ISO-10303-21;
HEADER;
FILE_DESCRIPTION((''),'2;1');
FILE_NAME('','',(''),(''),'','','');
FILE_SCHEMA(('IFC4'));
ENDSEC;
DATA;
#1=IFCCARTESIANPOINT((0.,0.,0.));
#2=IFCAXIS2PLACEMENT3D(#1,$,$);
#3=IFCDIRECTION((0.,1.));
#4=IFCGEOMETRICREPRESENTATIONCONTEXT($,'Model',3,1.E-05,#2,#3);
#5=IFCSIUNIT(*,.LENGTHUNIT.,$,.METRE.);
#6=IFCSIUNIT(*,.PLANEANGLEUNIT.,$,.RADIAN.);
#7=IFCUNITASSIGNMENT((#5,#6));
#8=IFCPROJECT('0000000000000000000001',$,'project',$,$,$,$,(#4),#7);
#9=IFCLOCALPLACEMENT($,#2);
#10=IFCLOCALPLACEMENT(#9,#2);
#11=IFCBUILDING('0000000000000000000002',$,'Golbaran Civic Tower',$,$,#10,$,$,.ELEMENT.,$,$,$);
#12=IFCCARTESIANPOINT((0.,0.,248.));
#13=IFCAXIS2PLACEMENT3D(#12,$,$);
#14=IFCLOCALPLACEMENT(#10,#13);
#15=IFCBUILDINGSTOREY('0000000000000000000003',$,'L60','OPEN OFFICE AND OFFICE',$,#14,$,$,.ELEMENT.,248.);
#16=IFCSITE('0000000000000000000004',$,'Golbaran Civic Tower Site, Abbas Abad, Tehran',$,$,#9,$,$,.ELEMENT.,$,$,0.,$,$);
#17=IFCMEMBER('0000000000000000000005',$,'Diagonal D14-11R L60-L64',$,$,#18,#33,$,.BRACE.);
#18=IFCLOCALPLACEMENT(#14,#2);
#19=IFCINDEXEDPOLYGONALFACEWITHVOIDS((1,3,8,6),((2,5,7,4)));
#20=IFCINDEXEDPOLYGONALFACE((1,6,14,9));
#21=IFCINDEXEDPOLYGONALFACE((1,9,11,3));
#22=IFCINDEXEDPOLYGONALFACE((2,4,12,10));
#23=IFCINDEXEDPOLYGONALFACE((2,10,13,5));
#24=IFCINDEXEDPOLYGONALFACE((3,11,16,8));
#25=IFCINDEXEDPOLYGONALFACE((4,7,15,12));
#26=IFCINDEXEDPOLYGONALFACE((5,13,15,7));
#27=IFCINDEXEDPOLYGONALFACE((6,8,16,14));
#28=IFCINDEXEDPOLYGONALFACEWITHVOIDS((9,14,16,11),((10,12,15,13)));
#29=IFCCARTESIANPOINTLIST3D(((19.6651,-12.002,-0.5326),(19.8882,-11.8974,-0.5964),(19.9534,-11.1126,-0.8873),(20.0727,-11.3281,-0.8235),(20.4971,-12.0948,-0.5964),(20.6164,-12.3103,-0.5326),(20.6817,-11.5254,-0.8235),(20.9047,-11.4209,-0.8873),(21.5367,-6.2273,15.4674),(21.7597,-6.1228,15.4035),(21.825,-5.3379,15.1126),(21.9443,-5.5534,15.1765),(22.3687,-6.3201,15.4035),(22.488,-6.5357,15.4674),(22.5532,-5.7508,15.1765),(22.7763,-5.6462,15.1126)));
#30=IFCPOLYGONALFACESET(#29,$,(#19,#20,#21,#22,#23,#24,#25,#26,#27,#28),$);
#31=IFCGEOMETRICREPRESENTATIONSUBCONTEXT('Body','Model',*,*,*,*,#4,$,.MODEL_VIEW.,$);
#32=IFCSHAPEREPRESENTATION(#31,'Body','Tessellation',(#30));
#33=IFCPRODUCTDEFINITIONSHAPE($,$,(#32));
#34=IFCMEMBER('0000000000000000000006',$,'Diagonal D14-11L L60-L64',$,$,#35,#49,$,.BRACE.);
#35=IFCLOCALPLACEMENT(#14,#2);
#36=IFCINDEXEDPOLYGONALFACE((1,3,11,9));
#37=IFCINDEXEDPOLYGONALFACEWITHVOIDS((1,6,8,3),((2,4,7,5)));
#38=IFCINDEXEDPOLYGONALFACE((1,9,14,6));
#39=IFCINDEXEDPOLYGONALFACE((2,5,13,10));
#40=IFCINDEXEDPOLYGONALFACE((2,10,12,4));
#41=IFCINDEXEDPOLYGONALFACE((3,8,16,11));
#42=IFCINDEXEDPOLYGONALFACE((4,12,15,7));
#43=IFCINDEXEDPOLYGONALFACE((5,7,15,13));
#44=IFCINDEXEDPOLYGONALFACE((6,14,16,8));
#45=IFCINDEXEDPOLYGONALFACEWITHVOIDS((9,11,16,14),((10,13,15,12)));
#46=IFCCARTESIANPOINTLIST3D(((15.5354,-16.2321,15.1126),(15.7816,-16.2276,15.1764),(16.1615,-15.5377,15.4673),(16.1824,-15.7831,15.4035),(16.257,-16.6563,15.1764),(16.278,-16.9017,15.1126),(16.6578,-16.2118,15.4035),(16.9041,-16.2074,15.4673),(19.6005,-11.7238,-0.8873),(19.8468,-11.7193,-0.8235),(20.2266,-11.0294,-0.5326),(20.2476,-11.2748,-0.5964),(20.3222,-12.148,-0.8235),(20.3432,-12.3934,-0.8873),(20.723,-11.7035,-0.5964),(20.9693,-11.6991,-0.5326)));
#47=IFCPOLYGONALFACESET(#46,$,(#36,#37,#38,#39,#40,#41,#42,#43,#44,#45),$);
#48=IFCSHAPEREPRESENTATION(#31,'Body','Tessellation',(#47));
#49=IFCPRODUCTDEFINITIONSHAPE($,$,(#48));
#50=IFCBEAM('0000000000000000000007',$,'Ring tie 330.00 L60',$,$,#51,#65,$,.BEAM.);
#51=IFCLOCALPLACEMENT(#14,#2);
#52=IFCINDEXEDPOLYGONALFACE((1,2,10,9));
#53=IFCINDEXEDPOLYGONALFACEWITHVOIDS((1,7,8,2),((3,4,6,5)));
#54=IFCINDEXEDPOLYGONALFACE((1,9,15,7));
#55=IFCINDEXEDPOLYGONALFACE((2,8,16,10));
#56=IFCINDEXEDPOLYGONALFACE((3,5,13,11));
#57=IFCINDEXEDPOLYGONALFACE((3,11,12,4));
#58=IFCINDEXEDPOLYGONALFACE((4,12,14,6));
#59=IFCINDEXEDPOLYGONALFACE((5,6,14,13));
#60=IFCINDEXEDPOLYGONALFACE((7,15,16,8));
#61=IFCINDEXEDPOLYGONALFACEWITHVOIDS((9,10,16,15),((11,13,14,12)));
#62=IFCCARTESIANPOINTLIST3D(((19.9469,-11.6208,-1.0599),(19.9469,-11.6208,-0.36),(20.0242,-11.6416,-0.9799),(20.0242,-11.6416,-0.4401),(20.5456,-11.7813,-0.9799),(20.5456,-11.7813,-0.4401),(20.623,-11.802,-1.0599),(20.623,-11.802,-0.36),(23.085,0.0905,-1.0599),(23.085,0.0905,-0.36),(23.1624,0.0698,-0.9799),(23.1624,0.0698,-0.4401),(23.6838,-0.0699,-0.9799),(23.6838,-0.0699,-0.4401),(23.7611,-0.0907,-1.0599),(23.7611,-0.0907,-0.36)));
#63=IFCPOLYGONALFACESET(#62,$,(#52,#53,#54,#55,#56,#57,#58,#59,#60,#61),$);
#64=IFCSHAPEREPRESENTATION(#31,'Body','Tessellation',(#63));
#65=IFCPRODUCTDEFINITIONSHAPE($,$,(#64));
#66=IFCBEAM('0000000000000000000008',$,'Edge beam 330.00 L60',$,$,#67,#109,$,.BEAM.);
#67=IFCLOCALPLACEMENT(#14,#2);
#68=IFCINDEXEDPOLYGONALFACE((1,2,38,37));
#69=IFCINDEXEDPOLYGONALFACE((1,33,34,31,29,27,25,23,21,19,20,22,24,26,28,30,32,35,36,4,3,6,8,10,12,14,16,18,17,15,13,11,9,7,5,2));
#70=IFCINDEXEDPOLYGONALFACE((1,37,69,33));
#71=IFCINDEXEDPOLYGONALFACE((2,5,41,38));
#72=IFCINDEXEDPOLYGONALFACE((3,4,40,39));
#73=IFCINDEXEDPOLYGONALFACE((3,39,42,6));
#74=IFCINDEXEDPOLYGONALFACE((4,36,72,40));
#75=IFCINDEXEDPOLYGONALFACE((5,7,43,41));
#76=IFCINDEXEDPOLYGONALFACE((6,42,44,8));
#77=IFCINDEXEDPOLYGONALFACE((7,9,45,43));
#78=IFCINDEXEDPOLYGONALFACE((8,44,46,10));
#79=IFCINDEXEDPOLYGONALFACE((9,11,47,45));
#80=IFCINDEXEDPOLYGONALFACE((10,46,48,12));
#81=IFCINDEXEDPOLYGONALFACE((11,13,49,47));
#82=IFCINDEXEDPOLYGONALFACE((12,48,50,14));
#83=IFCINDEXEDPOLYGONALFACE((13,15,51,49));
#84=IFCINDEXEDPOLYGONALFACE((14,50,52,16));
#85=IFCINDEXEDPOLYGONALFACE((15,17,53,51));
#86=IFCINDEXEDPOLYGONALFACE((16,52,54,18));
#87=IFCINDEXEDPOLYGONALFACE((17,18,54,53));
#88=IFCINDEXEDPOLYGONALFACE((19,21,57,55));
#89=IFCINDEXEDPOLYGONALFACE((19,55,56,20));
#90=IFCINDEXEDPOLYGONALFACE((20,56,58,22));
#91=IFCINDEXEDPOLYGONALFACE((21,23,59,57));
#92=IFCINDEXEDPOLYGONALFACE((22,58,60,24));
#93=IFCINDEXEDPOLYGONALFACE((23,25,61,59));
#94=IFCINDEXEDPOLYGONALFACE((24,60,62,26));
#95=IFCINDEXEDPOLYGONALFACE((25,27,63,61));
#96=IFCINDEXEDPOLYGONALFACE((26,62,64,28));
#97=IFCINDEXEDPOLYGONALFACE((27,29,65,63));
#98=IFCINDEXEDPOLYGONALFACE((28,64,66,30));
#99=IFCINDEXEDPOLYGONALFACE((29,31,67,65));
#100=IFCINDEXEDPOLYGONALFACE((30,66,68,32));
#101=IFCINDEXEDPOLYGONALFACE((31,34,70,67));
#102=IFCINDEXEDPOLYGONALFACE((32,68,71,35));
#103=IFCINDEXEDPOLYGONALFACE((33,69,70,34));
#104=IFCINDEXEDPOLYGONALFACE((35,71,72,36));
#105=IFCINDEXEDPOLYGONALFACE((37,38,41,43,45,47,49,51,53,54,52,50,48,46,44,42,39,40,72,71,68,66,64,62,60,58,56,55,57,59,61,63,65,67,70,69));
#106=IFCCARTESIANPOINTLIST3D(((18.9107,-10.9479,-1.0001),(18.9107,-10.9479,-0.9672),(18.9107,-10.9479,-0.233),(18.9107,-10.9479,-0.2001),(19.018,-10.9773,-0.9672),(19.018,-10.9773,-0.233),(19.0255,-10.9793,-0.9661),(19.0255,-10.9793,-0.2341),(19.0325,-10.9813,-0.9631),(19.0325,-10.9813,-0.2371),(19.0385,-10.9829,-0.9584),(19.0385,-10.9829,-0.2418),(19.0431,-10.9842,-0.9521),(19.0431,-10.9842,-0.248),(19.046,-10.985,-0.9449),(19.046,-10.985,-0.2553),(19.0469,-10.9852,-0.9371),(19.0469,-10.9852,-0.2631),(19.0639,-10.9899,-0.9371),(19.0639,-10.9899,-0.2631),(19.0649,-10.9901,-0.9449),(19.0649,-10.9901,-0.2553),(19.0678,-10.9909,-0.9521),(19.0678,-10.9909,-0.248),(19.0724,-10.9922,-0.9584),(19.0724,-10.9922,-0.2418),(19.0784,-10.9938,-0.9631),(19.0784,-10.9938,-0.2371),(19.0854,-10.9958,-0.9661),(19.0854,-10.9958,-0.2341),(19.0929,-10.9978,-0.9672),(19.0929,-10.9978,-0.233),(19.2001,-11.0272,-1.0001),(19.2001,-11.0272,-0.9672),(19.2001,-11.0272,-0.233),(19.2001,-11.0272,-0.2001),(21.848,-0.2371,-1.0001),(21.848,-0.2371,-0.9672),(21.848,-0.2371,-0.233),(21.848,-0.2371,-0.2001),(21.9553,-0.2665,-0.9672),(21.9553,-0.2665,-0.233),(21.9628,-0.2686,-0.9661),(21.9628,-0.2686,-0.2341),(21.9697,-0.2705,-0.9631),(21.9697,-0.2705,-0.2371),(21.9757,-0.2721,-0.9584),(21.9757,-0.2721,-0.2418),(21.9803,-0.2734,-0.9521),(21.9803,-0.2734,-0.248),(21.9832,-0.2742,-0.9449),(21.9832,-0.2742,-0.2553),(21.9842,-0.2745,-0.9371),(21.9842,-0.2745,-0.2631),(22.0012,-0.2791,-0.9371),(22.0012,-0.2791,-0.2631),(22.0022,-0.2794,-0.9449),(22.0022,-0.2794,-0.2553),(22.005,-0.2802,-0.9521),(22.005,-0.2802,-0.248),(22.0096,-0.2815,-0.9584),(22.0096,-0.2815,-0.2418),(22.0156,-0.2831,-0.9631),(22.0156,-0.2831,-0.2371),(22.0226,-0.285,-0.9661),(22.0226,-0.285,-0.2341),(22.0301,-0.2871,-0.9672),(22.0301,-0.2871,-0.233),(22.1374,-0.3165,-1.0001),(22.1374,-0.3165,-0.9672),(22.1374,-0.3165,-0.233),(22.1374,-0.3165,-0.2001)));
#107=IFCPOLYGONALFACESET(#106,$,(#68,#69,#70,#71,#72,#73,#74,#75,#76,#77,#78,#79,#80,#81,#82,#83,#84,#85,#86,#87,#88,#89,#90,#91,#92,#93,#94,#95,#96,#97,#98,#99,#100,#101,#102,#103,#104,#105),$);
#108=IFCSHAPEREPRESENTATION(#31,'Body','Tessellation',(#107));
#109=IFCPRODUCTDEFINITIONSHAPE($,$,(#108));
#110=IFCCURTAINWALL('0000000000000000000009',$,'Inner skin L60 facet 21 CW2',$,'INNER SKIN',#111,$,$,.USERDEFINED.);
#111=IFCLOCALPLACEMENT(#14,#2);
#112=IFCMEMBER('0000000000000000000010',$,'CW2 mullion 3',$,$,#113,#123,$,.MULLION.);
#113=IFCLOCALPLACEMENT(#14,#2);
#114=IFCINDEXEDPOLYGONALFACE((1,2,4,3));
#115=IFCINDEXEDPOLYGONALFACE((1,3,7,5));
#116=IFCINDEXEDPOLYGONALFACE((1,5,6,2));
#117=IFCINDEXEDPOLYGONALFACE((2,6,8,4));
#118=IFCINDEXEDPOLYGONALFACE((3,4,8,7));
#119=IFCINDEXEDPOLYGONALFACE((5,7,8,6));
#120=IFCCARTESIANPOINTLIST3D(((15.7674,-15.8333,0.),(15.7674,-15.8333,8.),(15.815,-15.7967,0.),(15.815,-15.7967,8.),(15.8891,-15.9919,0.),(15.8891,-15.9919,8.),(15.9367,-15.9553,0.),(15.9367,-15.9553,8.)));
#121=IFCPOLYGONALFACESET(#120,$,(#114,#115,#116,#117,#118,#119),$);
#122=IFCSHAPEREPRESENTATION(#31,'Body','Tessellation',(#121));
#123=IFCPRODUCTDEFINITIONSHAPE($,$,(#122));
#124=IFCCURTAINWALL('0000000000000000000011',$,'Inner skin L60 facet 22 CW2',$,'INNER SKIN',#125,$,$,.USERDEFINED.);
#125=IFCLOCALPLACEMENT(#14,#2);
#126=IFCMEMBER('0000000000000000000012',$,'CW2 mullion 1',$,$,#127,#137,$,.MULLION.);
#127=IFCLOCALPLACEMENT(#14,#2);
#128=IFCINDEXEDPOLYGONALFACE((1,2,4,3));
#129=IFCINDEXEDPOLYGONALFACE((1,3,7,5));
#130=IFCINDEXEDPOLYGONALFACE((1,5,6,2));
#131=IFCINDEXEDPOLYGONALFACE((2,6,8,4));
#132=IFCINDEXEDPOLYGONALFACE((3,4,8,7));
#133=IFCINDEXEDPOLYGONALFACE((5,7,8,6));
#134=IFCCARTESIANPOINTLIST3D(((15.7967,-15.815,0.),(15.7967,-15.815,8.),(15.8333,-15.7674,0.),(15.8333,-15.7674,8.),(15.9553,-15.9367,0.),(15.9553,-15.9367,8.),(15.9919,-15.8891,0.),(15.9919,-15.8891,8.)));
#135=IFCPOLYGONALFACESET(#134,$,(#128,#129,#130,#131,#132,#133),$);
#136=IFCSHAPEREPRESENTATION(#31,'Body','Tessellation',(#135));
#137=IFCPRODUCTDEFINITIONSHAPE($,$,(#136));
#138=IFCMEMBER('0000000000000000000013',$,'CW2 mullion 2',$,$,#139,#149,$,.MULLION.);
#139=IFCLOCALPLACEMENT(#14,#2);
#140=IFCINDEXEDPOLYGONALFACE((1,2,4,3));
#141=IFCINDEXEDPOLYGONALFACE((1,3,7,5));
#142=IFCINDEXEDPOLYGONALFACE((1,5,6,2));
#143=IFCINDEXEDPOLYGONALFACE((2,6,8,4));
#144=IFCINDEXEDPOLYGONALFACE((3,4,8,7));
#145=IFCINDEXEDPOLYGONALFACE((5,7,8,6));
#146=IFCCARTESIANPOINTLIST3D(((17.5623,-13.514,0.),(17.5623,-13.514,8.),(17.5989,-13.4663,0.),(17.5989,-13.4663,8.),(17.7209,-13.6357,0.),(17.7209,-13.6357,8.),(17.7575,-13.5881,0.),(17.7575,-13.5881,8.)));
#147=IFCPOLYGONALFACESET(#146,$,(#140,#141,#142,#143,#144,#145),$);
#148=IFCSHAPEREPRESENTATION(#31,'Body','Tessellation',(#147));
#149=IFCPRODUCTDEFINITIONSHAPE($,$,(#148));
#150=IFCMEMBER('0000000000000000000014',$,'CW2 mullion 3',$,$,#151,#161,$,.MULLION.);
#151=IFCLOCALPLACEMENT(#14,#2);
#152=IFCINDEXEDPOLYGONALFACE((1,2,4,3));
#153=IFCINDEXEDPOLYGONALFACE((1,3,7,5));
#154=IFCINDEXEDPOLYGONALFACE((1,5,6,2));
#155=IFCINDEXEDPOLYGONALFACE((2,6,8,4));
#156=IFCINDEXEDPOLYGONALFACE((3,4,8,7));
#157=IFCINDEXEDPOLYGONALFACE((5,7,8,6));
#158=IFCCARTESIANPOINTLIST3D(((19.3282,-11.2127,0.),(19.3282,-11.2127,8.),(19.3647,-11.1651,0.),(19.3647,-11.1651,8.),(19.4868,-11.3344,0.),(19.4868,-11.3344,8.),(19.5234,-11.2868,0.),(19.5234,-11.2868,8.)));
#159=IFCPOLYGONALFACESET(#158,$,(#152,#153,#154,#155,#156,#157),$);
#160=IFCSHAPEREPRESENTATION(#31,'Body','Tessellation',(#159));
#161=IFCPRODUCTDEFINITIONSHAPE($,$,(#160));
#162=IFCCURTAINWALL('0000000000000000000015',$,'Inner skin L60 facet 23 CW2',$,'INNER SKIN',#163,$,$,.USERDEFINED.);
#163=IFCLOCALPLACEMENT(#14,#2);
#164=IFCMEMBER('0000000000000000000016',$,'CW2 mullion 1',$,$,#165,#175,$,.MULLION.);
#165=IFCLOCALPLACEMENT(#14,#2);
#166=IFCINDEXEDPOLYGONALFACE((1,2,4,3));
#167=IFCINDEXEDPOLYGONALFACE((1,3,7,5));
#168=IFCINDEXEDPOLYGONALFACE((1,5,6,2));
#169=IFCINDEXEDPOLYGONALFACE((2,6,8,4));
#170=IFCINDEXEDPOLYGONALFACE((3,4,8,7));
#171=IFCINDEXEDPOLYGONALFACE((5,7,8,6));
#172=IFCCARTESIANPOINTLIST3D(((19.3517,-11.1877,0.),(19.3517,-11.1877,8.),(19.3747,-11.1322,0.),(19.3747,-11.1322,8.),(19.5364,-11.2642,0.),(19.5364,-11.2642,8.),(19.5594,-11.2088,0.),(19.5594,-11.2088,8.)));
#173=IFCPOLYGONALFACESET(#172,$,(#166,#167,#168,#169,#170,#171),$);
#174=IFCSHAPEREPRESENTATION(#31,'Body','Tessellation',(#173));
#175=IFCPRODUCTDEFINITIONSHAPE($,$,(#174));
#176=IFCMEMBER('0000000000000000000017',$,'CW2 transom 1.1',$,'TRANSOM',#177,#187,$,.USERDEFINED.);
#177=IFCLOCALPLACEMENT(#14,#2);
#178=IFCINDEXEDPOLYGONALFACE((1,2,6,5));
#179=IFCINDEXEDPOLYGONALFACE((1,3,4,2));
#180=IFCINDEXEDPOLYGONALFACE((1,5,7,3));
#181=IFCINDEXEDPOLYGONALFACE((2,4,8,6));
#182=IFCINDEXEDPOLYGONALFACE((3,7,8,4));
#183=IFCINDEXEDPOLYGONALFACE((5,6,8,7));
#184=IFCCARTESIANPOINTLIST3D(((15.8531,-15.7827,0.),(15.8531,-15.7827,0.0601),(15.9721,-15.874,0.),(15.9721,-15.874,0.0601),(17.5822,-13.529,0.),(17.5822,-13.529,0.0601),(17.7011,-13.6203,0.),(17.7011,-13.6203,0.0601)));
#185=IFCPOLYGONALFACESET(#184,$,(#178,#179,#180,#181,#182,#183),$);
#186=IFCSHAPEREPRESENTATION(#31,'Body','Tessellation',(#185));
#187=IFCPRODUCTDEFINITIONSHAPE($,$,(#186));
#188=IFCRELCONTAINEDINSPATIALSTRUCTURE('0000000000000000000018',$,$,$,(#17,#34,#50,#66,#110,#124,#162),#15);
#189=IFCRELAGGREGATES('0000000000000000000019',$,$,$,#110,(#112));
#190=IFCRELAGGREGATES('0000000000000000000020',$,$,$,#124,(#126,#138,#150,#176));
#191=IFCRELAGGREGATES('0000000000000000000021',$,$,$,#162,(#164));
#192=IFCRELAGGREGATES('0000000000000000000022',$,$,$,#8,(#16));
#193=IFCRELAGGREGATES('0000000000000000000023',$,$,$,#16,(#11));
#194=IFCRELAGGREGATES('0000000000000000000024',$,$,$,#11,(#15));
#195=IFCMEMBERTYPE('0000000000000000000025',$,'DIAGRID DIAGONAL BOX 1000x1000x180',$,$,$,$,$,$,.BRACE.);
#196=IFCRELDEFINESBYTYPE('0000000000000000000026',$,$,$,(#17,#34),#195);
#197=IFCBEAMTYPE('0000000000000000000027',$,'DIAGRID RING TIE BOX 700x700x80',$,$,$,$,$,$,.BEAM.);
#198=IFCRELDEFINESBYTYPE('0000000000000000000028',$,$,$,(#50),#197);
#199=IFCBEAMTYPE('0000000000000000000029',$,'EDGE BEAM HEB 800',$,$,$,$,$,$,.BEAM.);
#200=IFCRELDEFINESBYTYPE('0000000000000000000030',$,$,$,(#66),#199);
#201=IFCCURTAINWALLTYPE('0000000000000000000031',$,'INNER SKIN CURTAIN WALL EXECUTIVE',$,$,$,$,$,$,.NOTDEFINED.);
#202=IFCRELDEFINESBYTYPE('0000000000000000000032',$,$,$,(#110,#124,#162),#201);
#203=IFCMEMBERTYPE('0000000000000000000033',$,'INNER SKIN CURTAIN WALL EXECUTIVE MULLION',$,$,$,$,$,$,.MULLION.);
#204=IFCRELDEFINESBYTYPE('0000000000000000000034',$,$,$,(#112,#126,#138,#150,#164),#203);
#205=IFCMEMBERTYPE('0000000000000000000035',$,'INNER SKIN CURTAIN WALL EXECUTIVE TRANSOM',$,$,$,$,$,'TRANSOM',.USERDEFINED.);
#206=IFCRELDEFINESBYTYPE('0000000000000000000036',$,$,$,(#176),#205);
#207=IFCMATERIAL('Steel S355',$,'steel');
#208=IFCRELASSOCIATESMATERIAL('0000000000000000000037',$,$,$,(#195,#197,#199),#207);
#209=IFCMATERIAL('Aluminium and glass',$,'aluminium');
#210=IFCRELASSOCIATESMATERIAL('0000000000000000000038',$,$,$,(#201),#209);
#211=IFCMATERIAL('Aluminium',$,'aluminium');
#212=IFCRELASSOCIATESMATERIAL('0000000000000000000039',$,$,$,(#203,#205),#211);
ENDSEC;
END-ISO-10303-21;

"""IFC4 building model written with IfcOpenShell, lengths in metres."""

from ifc_helpers import new_model, si_unit, direction, frame, origin, origin_2d, place, context, subcontext, project, spatial, rectangle, hollow_rectangle, i_section, extrude, material, material_profile, profile_set, type_object, element, aggregate, save


model = new_model("IFC4")

# Units and contexts
model_context = context("Model", 3, precision=1e-05, world=origin(), true_north=direction((0.0, 1.0)))
body_context = subcontext(model_context, "Body", "Model", "MODEL_VIEW")
ifc_project = project(units=[si_unit("LENGTHUNIT", "METRE"), si_unit("PLANEANGLEUNIT", "RADIAN")], contexts=[model_context])

# Site, building, storey
site_placement = place(None, origin())
site = spatial("IfcSite", under=ifc_project, at=site_placement, Name="Golbaran Civic Tower Site, Abbas Abad, Tehran", CompositionType="ELEMENT", RefElevation=0.0)
building_placement = place(site_placement, origin())
building = spatial("IfcBuilding", under=site, at=building_placement, Name="Golbaran Civic Tower", CompositionType="ELEMENT")
storey_placement = place(building_placement, frame((0.0, 0.0, 248.0)))
storey = spatial("IfcBuildingStorey", under=building, at=storey_placement, Name="L60", Description="OPEN OFFICE AND OFFICE", CompositionType="ELEMENT", Elevation=248.0)

# Members
ifc_material_1 = material(Name="Steel S355", Category="steel")
ifc_material_profile_1 = material_profile(ifc_material_1, hollow_rectangle(XDim=1.0, YDim=1.0, WallThickness=0.1799, at=origin_2d()), Name="BOX 1000x1000x180")
ifc_profile_set_1 = profile_set([ifc_material_profile_1], Name="Steel S355")
member_type_1 = type_object("IfcMemberType", Name="DIAGRID DIAGONAL BOX 1000x1000x180", PredefinedType="BRACE", material=ifc_profile_set_1)
for number, where, z_axis, x_axis, name in (
    (1, (20.2849, -11.7114, -0.71), (0.109367, 0.337446, 0.93497), (-0.951285, 0.308314, 0.0), "Diagonal D14-11R L60-L64"),
    (2, (20.2849, -11.7114, -0.71), (-0.237551, -0.263445, 0.934969), (0.742662, -0.669667, 0.0), "Diagonal D14-11L L60-L64"),
):
    element("IfcMember", number, at=place(storey_placement, frame(where, z_axis=z_axis, x_axis=x_axis)), inside=storey, type_object=member_type_1, Name=name, PredefinedType="BRACE", context=body_context, shape_type="SweptSolid", body=[
        extrude(hollow_rectangle(XDim=1.0, YDim=1.0, WallThickness=0.1799, at=origin_2d()), origin(), (0.0, 0.0, 1.0), 17.1128),
    ])

# Beams
ifc_material_profile_2 = material_profile(ifc_material_1, hollow_rectangle(XDim=0.7, YDim=0.7, WallThickness=0.0801, at=origin_2d()), Name="BOX 700x700x80")
ifc_profile_set_2 = profile_set([ifc_material_profile_2], Name="Steel S355")
beam_type_1 = type_object("IfcBeamType", Name="DIAGRID RING TIE BOX 700x700x80", PredefinedType="BEAM", material=ifc_profile_set_2)
beam_1_placement = place(storey_placement, frame((20.2849, -11.7114, -0.71), z_axis=(0.258828, 0.965923, 0.0), x_axis=(-0.965923, 0.258828, 0.0)))
element("IfcBeam", 3, at=beam_1_placement, inside=storey, type_object=beam_type_1, Name="Ring tie 330.00 L60", PredefinedType="BEAM", context=body_context, shape_type="SweptSolid", body=[
    extrude(hollow_rectangle(XDim=0.7, YDim=0.7, WallThickness=0.0801, at=origin_2d()), origin(), (0.0, 0.0, 1.0), 12.1245),
])
ifc_material_profile_3 = material_profile(ifc_material_1, i_section(OverallWidth=0.3, OverallDepth=0.8, WebThickness=0.0176, FlangeThickness=0.033, FilletRadius=0.03, at=origin_2d()), Name="HEB 800")
ifc_profile_set_3 = profile_set([ifc_material_profile_3], Name="Steel S355")
beam_type_2 = type_object("IfcBeamType", Name="EDGE BEAM HEB 800", PredefinedType="BEAM", material=ifc_profile_set_3)
beam_2_placement = place(storey_placement, frame((19.0554, -10.9875, -0.6001), z_axis=(0.264471, 0.964394, 0.0), x_axis=(-0.964394, 0.264471, 0.0)))
element("IfcBeam", 4, at=beam_2_placement, inside=storey, type_object=beam_type_2, Name="Edge beam 330.00 L60", PredefinedType="BEAM", context=body_context, shape_type="SweptSolid", body=[
    extrude(i_section(OverallWidth=0.3, OverallDepth=0.8, WebThickness=0.0176, FlangeThickness=0.033, FilletRadius=0.03, at=origin_2d()), origin(), (0.0, 0.0, 1.0), 11.1062),
])

# Curtain wall, member
ifc_material_2 = material(Name="Aluminium and glass", Category="aluminium")
curtain_wall_type_1 = type_object("IfcCurtainWallType", Name="INNER SKIN CURTAIN WALL EXECUTIVE", PredefinedType="NOTDEFINED", material=ifc_material_2)
curtain_wall_1_placement = place(storey_placement, origin())
curtain_wall_1 = element("IfcCurtainWall", 5, at=curtain_wall_1_placement, inside=storey, type_object=curtain_wall_type_1, Name="Inner skin L60 facet 21 CW2", ObjectType="INNER SKIN", PredefinedType="USERDEFINED")
ifc_material_3 = material(Name="Aluminium", Category="aluminium")
ifc_material_profile_4 = material_profile(ifc_material_3, rectangle(XDim=0.2, YDim=0.0601, at=origin_2d()), Name="INNER SKIN CURTAIN WALL EXECUTIVE MULLION")
ifc_profile_set_4 = profile_set([ifc_material_profile_4], Name="Aluminium")
member_type_2 = type_object("IfcMemberType", Name="INNER SKIN CURTAIN WALL EXECUTIVE MULLION", PredefinedType="MULLION", material=ifc_profile_set_4)
member_1_placement = place(storey_placement, frame((15.8521, -15.8943, 0.0), z_axis=(0.0, 0.0, 1.0), x_axis=(-0.608761, 0.793353, 0.0)))
member_1 = element("IfcMember", 6, at=member_1_placement, type_object=member_type_2, Name="CW2 mullion 3", PredefinedType="MULLION", context=body_context, shape_type="SweptSolid", body=[
    extrude(rectangle(XDim=0.2, YDim=0.0601, at=origin_2d()), origin(), (0.0, 0.0, 1.0), 8.0),
])

# Curtain wall, members
curtain_wall_2_placement = place(storey_placement, origin())
curtain_wall_2 = element("IfcCurtainWall", 7, at=curtain_wall_2_placement, inside=storey, type_object=curtain_wall_type_1, Name="Inner skin L60 facet 22 CW2", ObjectType="INNER SKIN", PredefinedType="USERDEFINED")
member_2_placement = place(storey_placement, frame((15.8943, -15.8521, 0.0), z_axis=(0.0, 0.0, 1.0), x_axis=(-0.793353, 0.608761, 0.0)))
member_2 = element("IfcMember", 8, at=member_2_placement, type_object=member_type_2, Name="CW2 mullion 1", PredefinedType="MULLION", context=body_context, shape_type="SweptSolid", body=[
    extrude(rectangle(XDim=0.2, YDim=0.0601, at=origin_2d()), origin(), (0.0, 0.0, 1.0), 8.0),
])
member_3_placement = place(storey_placement, frame((17.6599, -13.551, 0.0), z_axis=(0.0, 0.0, 1.0), x_axis=(-0.793353, 0.608761, 0.0)))
member_3 = element("IfcMember", 9, at=member_3_placement, type_object=member_type_2, Name="CW2 mullion 2", PredefinedType="MULLION", context=body_context, shape_type="SweptSolid", body=[
    extrude(rectangle(XDim=0.2, YDim=0.0601, at=origin_2d()), origin(), (0.0, 0.0, 1.0), 8.0),
])
member_4_placement = place(storey_placement, frame((19.4258, -11.2498, 0.0), z_axis=(0.0, 0.0, 1.0), x_axis=(-0.793353, 0.608761, 0.0)))
member_4 = element("IfcMember", 10, at=member_4_placement, type_object=member_type_2, Name="CW2 mullion 3", PredefinedType="MULLION", context=body_context, shape_type="SweptSolid", body=[
    extrude(rectangle(XDim=0.2, YDim=0.0601, at=origin_2d()), origin(), (0.0, 0.0, 1.0), 8.0),
])

# Curtain wall, member
curtain_wall_3_placement = place(storey_placement, origin())
curtain_wall_3 = element("IfcCurtainWall", 11, at=curtain_wall_3_placement, inside=storey, type_object=curtain_wall_type_1, Name="Inner skin L60 facet 23 CW2", ObjectType="INNER SKIN", PredefinedType="USERDEFINED")
member_5_placement = place(storey_placement, frame((19.4556, -11.1982, 0.0), z_axis=(0.0, 0.0, 1.0), x_axis=(-0.92388, 0.382683, 0.0)))
member_5 = element("IfcMember", 12, at=member_5_placement, type_object=member_type_2, Name="CW2 mullion 1", PredefinedType="MULLION", context=body_context, shape_type="SweptSolid", body=[
    extrude(rectangle(XDim=0.2, YDim=0.0601, at=origin_2d()), origin(), (0.0, 0.0, 1.0), 8.0),
])

# Member
ifc_material_profile_5 = material_profile(ifc_material_3, rectangle(XDim=0.1499, YDim=0.0601, at=origin_2d()), Name="INNER SKIN CURTAIN WALL EXECUTIVE TRANSOM")
ifc_profile_set_5 = profile_set([ifc_material_profile_5], Name="Aluminium")
member_type_3 = type_object("IfcMemberType", Name="INNER SKIN CURTAIN WALL EXECUTIVE TRANSOM", ElementType="TRANSOM", PredefinedType="USERDEFINED", material=ifc_profile_set_5)
member_6_placement = place(storey_placement, frame((15.9126, -15.8284, 0.03), z_axis=(0.608697, 0.793403, 0.0), x_axis=(-0.793403, 0.608697, 0.0)))
member_6 = element("IfcMember", 13, at=member_6_placement, type_object=member_type_3, Name="CW2 transom 1.1", ObjectType="TRANSOM", PredefinedType="USERDEFINED", context=body_context, shape_type="SweptSolid", body=[
    extrude(rectangle(XDim=0.1499, YDim=0.0601, at=origin_2d()), origin(), (0.0, 0.0, 1.0), 2.8406),
])

aggregate(curtain_wall_1, [member_1])
aggregate(curtain_wall_2, [member_2, member_3, member_4, member_6])
aggregate(curtain_wall_3, [member_5])

save(model, "model.ifc")
